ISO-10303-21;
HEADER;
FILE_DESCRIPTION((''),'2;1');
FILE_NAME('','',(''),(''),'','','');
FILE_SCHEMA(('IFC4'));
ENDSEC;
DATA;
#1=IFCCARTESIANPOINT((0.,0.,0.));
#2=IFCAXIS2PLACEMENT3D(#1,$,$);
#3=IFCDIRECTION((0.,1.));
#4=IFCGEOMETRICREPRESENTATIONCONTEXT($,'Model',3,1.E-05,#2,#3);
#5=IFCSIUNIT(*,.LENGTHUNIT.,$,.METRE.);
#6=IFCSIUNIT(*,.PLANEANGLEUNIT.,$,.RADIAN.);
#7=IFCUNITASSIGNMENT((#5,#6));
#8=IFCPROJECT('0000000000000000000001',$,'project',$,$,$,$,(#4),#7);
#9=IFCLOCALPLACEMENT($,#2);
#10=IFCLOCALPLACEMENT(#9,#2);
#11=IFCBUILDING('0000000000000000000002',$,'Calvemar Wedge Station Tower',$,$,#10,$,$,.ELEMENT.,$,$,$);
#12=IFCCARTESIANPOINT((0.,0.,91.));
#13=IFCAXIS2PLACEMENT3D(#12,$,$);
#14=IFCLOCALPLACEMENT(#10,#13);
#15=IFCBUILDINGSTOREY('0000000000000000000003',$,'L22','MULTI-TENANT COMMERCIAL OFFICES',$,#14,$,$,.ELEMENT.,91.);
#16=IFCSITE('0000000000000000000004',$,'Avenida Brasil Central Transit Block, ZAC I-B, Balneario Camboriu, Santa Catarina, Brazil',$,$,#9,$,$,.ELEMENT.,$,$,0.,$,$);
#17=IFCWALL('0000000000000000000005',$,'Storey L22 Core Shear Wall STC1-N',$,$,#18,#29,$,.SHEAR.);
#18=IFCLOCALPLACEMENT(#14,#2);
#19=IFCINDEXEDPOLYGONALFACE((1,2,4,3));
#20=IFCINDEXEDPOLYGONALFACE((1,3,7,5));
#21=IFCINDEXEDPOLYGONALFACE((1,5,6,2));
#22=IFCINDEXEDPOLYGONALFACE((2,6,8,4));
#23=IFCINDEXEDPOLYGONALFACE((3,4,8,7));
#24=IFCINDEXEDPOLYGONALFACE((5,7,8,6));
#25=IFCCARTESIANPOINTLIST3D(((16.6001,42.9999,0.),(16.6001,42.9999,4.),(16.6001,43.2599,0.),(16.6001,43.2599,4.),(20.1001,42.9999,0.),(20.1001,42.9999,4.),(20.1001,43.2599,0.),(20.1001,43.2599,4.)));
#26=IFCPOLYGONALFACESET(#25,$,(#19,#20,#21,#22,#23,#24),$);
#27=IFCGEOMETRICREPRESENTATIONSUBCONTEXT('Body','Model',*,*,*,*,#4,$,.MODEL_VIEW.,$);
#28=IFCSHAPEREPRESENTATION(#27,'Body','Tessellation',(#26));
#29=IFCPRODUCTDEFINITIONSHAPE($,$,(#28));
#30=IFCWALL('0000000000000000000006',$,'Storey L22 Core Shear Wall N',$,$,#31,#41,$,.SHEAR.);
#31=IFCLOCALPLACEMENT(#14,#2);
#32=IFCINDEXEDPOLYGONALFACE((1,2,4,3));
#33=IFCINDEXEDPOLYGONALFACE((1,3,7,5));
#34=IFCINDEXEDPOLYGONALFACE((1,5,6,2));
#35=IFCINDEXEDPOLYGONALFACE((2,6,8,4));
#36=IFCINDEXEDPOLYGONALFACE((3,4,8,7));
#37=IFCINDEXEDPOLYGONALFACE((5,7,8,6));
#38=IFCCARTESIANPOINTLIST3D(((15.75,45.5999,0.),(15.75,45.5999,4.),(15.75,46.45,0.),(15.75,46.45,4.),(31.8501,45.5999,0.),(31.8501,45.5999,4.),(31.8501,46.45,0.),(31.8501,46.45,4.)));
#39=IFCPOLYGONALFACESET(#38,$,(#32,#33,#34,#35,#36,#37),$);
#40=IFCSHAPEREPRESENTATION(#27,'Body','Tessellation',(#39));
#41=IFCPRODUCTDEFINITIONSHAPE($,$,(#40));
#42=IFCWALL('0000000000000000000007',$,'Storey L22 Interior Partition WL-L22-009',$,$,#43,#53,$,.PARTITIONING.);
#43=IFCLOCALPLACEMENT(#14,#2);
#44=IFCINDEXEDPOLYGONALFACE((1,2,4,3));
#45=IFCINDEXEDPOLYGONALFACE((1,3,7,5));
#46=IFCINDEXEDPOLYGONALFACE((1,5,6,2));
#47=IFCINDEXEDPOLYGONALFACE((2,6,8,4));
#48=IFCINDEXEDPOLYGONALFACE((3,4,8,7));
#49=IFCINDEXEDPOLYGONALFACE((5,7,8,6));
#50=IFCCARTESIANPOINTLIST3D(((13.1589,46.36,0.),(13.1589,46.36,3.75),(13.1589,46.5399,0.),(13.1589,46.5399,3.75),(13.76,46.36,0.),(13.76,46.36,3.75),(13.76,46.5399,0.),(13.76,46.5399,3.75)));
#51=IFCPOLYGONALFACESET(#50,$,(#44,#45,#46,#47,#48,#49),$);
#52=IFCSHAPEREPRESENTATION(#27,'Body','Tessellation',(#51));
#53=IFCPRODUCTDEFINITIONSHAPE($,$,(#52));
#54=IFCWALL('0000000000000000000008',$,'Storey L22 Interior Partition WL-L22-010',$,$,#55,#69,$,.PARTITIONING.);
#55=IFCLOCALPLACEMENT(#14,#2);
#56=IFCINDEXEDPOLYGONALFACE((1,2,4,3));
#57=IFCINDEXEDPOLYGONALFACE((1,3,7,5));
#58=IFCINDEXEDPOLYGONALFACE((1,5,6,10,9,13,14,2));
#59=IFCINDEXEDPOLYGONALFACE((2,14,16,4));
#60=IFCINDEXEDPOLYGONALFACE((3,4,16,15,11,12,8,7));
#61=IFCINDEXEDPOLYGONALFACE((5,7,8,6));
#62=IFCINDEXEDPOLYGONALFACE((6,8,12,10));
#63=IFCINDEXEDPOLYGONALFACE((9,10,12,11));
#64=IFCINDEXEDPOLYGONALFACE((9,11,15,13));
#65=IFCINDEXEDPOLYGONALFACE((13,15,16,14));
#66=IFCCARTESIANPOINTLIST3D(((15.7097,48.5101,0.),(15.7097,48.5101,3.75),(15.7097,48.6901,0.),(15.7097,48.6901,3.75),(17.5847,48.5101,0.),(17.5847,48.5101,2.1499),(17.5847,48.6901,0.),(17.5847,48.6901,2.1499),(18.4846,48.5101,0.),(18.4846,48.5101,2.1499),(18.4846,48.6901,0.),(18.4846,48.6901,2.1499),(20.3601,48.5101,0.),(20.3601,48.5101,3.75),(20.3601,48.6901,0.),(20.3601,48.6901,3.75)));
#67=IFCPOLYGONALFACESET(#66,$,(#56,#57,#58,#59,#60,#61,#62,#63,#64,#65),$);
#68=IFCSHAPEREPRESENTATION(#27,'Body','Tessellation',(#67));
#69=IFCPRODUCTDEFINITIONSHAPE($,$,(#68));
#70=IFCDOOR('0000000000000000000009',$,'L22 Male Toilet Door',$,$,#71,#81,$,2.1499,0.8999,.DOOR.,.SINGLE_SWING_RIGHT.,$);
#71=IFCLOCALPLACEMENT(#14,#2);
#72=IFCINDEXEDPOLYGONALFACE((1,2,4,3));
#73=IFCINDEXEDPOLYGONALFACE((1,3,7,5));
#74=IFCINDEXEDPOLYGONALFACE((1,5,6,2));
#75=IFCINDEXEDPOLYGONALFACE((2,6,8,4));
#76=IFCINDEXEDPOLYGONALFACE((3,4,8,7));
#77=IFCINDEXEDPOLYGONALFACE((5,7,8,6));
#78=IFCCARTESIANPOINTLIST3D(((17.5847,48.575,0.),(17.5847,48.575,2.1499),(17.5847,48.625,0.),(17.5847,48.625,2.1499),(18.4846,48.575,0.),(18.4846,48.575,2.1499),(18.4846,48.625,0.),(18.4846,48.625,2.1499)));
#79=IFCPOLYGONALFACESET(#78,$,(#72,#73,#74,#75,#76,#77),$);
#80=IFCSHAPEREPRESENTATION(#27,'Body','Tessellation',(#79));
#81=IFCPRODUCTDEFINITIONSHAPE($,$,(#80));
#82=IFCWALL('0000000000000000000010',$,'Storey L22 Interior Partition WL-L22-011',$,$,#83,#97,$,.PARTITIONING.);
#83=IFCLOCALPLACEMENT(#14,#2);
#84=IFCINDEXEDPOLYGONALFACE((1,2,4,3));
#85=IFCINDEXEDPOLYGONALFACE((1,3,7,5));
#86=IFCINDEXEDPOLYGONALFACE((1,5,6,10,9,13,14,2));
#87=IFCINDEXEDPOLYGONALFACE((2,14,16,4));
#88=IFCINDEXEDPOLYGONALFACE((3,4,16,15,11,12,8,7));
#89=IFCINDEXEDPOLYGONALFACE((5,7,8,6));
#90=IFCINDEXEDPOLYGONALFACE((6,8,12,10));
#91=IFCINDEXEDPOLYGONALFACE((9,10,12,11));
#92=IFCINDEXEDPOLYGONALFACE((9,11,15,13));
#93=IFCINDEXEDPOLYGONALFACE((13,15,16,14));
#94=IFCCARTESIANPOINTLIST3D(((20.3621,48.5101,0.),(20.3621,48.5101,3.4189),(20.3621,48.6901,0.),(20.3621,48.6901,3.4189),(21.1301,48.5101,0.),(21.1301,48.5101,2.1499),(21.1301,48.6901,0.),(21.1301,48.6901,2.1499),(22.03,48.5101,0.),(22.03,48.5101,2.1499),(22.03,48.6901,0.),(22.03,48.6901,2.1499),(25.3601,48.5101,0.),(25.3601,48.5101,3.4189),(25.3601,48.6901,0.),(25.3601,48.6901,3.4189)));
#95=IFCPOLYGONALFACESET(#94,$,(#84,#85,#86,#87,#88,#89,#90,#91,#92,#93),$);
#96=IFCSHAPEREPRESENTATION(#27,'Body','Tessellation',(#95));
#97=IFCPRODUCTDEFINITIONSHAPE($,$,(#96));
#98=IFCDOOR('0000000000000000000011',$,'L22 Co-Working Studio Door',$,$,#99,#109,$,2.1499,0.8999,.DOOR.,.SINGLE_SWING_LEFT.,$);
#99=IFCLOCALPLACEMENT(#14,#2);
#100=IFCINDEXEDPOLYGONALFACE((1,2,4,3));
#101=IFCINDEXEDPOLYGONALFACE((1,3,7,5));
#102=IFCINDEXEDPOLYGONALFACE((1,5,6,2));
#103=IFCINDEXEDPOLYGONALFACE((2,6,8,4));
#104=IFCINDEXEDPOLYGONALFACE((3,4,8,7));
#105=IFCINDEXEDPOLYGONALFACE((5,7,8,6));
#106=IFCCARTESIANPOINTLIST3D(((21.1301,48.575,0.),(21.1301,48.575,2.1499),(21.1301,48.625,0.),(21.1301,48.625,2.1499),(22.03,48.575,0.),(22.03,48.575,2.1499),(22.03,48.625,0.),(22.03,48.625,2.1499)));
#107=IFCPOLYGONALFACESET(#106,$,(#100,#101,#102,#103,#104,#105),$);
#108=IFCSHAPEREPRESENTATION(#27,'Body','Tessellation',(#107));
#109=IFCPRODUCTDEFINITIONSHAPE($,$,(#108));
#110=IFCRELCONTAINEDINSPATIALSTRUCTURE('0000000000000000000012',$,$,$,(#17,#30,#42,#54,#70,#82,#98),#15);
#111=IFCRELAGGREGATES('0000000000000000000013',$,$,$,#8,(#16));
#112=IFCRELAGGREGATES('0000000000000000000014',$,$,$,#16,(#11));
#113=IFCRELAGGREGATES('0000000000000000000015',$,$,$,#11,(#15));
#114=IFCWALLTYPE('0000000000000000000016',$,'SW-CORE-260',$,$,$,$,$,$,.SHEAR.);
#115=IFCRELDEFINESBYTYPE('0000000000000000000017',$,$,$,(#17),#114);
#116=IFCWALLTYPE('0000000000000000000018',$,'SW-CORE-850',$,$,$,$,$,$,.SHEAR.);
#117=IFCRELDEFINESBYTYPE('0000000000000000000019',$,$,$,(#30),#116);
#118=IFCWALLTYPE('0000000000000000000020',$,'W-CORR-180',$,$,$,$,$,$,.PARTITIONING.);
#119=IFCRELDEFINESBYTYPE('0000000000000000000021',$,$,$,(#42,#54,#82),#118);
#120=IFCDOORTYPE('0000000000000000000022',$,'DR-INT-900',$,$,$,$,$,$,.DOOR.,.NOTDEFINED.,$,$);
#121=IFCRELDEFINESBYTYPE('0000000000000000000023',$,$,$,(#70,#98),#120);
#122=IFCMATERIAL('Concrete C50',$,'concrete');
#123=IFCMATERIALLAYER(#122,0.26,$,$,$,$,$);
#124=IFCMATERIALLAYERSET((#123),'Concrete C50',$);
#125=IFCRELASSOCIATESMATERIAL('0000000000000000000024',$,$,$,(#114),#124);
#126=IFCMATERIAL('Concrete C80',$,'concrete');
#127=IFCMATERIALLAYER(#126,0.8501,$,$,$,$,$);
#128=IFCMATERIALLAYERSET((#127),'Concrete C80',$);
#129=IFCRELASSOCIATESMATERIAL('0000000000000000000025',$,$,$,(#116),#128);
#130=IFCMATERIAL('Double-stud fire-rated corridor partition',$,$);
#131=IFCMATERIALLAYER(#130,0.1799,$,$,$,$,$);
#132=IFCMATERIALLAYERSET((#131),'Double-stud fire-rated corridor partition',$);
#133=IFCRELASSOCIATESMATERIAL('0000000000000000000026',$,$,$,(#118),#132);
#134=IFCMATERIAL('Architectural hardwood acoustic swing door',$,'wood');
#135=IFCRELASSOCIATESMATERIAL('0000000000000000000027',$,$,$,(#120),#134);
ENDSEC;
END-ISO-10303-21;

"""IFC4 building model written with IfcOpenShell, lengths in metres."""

from ifc_helpers import new_model, si_unit, direction, frame, frame_2d, origin, place, context, subcontext, project, spatial, rectangle, extrude, source, transform, mapped, material, layer, layer_set, type_object, element, fill, save


model = new_model("IFC4")

# Units and contexts
model_context = context("Model", 3, precision=1e-05, world=origin(), true_north=direction((0.0, 1.0)))
body_context = subcontext(model_context, "Body", "Model", "MODEL_VIEW")
ifc_project = project(units=[si_unit("LENGTHUNIT", "METRE"), si_unit("PLANEANGLEUNIT", "RADIAN")], contexts=[model_context])

# Site, building, storey
site_placement = place(None, origin())
site = spatial("IfcSite", under=ifc_project, at=site_placement, Name="Avenida Brasil Central Transit Block, ZAC I-B, Balneario Camboriu, Santa Catarina, Brazil", CompositionType="ELEMENT", RefElevation=0.0)
building_placement = place(site_placement, origin())
building = spatial("IfcBuilding", under=site, at=building_placement, Name="Calvemar Wedge Station Tower", CompositionType="ELEMENT")
storey_placement = place(building_placement, frame((0.0, 0.0, 91.0)))
storey = spatial("IfcBuildingStorey", under=building, at=storey_placement, Name="L22", Description="MULTI-TENANT COMMERCIAL OFFICES", CompositionType="ELEMENT", Elevation=91.0)

# Walls
ifc_material_1 = material(Name="Concrete C50", Category="concrete")
ifc_layer_1 = layer(ifc_material_1, 0.26)
ifc_layer_set_1 = layer_set([ifc_layer_1], Name="Concrete C50")
wall_type_1 = type_object("IfcWallType", Name="SW-CORE-260", PredefinedType="SHEAR", material=ifc_layer_set_1)
wall_1_placement = place(storey_placement, frame((16.6001, 43.1299, 0.0), z_axis=(0.0, 0.0, 1.0), x_axis=(1.0, 0.0, 0.0)))
element("IfcWall", 1, at=wall_1_placement, inside=storey, type_object=wall_type_1, Name="Storey L22 Core Shear Wall STC1-N", PredefinedType="SHEAR", context=body_context, shape_type="SweptSolid", body=[
    extrude(rectangle(XDim=3.5, YDim=0.26, at=frame_2d((1.75, 0.0))), origin(), (0.0, 0.0, 1.0), 4.0),
])
ifc_material_2 = material(Name="Concrete C80", Category="concrete")
ifc_layer_2 = layer(ifc_material_2, 0.8501)
ifc_layer_set_2 = layer_set([ifc_layer_2], Name="Concrete C80")
wall_type_2 = type_object("IfcWallType", Name="SW-CORE-850", PredefinedType="SHEAR", material=ifc_layer_set_2)
wall_2_placement = place(storey_placement, frame((15.75, 46.0249, 0.0), z_axis=(0.0, 0.0, 1.0), x_axis=(1.0, 0.0, 0.0)))
element("IfcWall", 2, at=wall_2_placement, inside=storey, type_object=wall_type_2, Name="Storey L22 Core Shear Wall N", PredefinedType="SHEAR", context=body_context, shape_type="SweptSolid", body=[
    extrude(rectangle(XDim=16.1001, YDim=0.8501, at=frame_2d((8.05, 0.0))), origin(), (0.0, 0.0, 1.0), 4.0),
])
ifc_material_3 = material(Name="Double-stud fire-rated corridor partition")
ifc_layer_3 = layer(ifc_material_3, 0.1799)
ifc_layer_set_3 = layer_set([ifc_layer_3], Name="Double-stud fire-rated corridor partition")
wall_type_3 = type_object("IfcWallType", Name="W-CORR-180", PredefinedType="PARTITIONING", material=ifc_layer_set_3)
wall_3_placement = place(storey_placement, frame((13.76, 46.45, 0.0), z_axis=(0.0, 0.0, 1.0), x_axis=(-1.0, 0.0, 0.0)))
element("IfcWall", 3, at=wall_3_placement, inside=storey, type_object=wall_type_3, Name="Storey L22 Interior Partition WL-L22-009", PredefinedType="PARTITIONING", context=body_context, shape_type="SweptSolid", body=[
    extrude(rectangle(XDim=0.6011, YDim=0.1799, at=frame_2d((0.3005, 0.0))), origin(), (0.0, 0.0, 1.0), 3.75),
])

# Walls, openings, doors
wall_4_placement = place(storey_placement, frame((15.7097, 48.6001, 0.0), z_axis=(0.0, 0.0, 1.0), x_axis=(1.0, 0.0, 0.0)))
wall_4 = element("IfcWall", 4, at=wall_4_placement, inside=storey, type_object=wall_type_3, Name="Storey L22 Interior Partition WL-L22-010", PredefinedType="PARTITIONING", context=body_context, shape_type="SweptSolid", body=[
    extrude(rectangle(XDim=4.6504, YDim=0.1799, at=frame_2d((2.3252, 0.0))), origin(), (0.0, 0.0, 1.0), 3.75),
])
shared_shape_1 = source(origin(), body_context, "Body", "SweptSolid", [
    extrude(rectangle(XDim=0.8999, YDim=2.1499, at=frame_2d((0.45, 1.075))), frame((0.0, 0.1001, 0.0), z_axis=(0.0, -1.0, 0.0), x_axis=(1.0, 0.0, 0.0)), (0.0, 0.0, 1.0), 0.2),
])
opening_1_placement = place(wall_4_placement, frame((1.875, 0.0, 0.0)))
opening_1 = element("IfcOpeningElement", 5, at=opening_1_placement, cuts=wall_4, PredefinedType="OPENING", context=body_context, shape_type="MappedRepresentation", body=[
    mapped(shared_shape_1, transform((0.0, 0.0, 0.0), scale=1.0)),
])
ifc_material_4 = material(Name="Architectural hardwood acoustic swing door", Category="wood")
door_type = type_object("IfcDoorType", Name="DR-INT-900", OperationType="NOTDEFINED", PredefinedType="DOOR", material=ifc_material_4)
shared_shape_2 = source(origin(), body_context, "Body", "SweptSolid", [
    extrude(rectangle(XDim=0.8999, YDim=2.1499, at=frame_2d((0.45, 1.075))), frame((0.0, 0.0249, 0.0), z_axis=(0.0, -1.0, 0.0), x_axis=(1.0, 0.0, 0.0)), (0.0, 0.0, 1.0), 0.05),
])
door_1_placement = place(opening_1_placement, origin())
door_1 = element("IfcDoor", 6, at=door_1_placement, inside=storey, type_object=door_type, Name="L22 Male Toilet Door", OperationType="SINGLE_SWING_RIGHT", OverallHeight=2.1499, OverallWidth=0.8999, PredefinedType="DOOR", context=body_context, shape_type="MappedRepresentation", body=[
    mapped(shared_shape_2, transform((0.0, 0.0, 0.0), scale=1.0)),
])
fill(opening_1, door_1)
wall_5_placement = place(storey_placement, frame((20.3621, 48.6001, 0.0), z_axis=(0.0, 0.0, 1.0), x_axis=(1.0, 0.0, 0.0)))
wall_5 = element("IfcWall", 7, at=wall_5_placement, inside=storey, type_object=wall_type_3, Name="Storey L22 Interior Partition WL-L22-011", PredefinedType="PARTITIONING", context=body_context, shape_type="SweptSolid", body=[
    extrude(rectangle(XDim=4.998, YDim=0.1799, at=frame_2d((2.499, 0.0))), origin(), (0.0, 0.0, 1.0), 3.4189),
])
opening_2_placement = place(wall_5_placement, frame((0.7681, 0.0, 0.0)))
opening_2 = element("IfcOpeningElement", 8, at=opening_2_placement, cuts=wall_5, PredefinedType="OPENING", context=body_context, shape_type="MappedRepresentation", body=[
    mapped(shared_shape_1, transform((0.0, 0.0, 0.0), scale=1.0)),
])
door_2_placement = place(opening_2_placement, origin())
door_2 = element("IfcDoor", 9, at=door_2_placement, inside=storey, type_object=door_type, Name="L22 Co-Working Studio Door", OperationType="SINGLE_SWING_LEFT", OverallHeight=2.1499, OverallWidth=0.8999, PredefinedType="DOOR", context=body_context, shape_type="MappedRepresentation", body=[
    mapped(shared_shape_2, transform((0.0, 0.0, 0.0), scale=1.0)),
])
fill(opening_2, door_2)

save(model, "model.ifc")
